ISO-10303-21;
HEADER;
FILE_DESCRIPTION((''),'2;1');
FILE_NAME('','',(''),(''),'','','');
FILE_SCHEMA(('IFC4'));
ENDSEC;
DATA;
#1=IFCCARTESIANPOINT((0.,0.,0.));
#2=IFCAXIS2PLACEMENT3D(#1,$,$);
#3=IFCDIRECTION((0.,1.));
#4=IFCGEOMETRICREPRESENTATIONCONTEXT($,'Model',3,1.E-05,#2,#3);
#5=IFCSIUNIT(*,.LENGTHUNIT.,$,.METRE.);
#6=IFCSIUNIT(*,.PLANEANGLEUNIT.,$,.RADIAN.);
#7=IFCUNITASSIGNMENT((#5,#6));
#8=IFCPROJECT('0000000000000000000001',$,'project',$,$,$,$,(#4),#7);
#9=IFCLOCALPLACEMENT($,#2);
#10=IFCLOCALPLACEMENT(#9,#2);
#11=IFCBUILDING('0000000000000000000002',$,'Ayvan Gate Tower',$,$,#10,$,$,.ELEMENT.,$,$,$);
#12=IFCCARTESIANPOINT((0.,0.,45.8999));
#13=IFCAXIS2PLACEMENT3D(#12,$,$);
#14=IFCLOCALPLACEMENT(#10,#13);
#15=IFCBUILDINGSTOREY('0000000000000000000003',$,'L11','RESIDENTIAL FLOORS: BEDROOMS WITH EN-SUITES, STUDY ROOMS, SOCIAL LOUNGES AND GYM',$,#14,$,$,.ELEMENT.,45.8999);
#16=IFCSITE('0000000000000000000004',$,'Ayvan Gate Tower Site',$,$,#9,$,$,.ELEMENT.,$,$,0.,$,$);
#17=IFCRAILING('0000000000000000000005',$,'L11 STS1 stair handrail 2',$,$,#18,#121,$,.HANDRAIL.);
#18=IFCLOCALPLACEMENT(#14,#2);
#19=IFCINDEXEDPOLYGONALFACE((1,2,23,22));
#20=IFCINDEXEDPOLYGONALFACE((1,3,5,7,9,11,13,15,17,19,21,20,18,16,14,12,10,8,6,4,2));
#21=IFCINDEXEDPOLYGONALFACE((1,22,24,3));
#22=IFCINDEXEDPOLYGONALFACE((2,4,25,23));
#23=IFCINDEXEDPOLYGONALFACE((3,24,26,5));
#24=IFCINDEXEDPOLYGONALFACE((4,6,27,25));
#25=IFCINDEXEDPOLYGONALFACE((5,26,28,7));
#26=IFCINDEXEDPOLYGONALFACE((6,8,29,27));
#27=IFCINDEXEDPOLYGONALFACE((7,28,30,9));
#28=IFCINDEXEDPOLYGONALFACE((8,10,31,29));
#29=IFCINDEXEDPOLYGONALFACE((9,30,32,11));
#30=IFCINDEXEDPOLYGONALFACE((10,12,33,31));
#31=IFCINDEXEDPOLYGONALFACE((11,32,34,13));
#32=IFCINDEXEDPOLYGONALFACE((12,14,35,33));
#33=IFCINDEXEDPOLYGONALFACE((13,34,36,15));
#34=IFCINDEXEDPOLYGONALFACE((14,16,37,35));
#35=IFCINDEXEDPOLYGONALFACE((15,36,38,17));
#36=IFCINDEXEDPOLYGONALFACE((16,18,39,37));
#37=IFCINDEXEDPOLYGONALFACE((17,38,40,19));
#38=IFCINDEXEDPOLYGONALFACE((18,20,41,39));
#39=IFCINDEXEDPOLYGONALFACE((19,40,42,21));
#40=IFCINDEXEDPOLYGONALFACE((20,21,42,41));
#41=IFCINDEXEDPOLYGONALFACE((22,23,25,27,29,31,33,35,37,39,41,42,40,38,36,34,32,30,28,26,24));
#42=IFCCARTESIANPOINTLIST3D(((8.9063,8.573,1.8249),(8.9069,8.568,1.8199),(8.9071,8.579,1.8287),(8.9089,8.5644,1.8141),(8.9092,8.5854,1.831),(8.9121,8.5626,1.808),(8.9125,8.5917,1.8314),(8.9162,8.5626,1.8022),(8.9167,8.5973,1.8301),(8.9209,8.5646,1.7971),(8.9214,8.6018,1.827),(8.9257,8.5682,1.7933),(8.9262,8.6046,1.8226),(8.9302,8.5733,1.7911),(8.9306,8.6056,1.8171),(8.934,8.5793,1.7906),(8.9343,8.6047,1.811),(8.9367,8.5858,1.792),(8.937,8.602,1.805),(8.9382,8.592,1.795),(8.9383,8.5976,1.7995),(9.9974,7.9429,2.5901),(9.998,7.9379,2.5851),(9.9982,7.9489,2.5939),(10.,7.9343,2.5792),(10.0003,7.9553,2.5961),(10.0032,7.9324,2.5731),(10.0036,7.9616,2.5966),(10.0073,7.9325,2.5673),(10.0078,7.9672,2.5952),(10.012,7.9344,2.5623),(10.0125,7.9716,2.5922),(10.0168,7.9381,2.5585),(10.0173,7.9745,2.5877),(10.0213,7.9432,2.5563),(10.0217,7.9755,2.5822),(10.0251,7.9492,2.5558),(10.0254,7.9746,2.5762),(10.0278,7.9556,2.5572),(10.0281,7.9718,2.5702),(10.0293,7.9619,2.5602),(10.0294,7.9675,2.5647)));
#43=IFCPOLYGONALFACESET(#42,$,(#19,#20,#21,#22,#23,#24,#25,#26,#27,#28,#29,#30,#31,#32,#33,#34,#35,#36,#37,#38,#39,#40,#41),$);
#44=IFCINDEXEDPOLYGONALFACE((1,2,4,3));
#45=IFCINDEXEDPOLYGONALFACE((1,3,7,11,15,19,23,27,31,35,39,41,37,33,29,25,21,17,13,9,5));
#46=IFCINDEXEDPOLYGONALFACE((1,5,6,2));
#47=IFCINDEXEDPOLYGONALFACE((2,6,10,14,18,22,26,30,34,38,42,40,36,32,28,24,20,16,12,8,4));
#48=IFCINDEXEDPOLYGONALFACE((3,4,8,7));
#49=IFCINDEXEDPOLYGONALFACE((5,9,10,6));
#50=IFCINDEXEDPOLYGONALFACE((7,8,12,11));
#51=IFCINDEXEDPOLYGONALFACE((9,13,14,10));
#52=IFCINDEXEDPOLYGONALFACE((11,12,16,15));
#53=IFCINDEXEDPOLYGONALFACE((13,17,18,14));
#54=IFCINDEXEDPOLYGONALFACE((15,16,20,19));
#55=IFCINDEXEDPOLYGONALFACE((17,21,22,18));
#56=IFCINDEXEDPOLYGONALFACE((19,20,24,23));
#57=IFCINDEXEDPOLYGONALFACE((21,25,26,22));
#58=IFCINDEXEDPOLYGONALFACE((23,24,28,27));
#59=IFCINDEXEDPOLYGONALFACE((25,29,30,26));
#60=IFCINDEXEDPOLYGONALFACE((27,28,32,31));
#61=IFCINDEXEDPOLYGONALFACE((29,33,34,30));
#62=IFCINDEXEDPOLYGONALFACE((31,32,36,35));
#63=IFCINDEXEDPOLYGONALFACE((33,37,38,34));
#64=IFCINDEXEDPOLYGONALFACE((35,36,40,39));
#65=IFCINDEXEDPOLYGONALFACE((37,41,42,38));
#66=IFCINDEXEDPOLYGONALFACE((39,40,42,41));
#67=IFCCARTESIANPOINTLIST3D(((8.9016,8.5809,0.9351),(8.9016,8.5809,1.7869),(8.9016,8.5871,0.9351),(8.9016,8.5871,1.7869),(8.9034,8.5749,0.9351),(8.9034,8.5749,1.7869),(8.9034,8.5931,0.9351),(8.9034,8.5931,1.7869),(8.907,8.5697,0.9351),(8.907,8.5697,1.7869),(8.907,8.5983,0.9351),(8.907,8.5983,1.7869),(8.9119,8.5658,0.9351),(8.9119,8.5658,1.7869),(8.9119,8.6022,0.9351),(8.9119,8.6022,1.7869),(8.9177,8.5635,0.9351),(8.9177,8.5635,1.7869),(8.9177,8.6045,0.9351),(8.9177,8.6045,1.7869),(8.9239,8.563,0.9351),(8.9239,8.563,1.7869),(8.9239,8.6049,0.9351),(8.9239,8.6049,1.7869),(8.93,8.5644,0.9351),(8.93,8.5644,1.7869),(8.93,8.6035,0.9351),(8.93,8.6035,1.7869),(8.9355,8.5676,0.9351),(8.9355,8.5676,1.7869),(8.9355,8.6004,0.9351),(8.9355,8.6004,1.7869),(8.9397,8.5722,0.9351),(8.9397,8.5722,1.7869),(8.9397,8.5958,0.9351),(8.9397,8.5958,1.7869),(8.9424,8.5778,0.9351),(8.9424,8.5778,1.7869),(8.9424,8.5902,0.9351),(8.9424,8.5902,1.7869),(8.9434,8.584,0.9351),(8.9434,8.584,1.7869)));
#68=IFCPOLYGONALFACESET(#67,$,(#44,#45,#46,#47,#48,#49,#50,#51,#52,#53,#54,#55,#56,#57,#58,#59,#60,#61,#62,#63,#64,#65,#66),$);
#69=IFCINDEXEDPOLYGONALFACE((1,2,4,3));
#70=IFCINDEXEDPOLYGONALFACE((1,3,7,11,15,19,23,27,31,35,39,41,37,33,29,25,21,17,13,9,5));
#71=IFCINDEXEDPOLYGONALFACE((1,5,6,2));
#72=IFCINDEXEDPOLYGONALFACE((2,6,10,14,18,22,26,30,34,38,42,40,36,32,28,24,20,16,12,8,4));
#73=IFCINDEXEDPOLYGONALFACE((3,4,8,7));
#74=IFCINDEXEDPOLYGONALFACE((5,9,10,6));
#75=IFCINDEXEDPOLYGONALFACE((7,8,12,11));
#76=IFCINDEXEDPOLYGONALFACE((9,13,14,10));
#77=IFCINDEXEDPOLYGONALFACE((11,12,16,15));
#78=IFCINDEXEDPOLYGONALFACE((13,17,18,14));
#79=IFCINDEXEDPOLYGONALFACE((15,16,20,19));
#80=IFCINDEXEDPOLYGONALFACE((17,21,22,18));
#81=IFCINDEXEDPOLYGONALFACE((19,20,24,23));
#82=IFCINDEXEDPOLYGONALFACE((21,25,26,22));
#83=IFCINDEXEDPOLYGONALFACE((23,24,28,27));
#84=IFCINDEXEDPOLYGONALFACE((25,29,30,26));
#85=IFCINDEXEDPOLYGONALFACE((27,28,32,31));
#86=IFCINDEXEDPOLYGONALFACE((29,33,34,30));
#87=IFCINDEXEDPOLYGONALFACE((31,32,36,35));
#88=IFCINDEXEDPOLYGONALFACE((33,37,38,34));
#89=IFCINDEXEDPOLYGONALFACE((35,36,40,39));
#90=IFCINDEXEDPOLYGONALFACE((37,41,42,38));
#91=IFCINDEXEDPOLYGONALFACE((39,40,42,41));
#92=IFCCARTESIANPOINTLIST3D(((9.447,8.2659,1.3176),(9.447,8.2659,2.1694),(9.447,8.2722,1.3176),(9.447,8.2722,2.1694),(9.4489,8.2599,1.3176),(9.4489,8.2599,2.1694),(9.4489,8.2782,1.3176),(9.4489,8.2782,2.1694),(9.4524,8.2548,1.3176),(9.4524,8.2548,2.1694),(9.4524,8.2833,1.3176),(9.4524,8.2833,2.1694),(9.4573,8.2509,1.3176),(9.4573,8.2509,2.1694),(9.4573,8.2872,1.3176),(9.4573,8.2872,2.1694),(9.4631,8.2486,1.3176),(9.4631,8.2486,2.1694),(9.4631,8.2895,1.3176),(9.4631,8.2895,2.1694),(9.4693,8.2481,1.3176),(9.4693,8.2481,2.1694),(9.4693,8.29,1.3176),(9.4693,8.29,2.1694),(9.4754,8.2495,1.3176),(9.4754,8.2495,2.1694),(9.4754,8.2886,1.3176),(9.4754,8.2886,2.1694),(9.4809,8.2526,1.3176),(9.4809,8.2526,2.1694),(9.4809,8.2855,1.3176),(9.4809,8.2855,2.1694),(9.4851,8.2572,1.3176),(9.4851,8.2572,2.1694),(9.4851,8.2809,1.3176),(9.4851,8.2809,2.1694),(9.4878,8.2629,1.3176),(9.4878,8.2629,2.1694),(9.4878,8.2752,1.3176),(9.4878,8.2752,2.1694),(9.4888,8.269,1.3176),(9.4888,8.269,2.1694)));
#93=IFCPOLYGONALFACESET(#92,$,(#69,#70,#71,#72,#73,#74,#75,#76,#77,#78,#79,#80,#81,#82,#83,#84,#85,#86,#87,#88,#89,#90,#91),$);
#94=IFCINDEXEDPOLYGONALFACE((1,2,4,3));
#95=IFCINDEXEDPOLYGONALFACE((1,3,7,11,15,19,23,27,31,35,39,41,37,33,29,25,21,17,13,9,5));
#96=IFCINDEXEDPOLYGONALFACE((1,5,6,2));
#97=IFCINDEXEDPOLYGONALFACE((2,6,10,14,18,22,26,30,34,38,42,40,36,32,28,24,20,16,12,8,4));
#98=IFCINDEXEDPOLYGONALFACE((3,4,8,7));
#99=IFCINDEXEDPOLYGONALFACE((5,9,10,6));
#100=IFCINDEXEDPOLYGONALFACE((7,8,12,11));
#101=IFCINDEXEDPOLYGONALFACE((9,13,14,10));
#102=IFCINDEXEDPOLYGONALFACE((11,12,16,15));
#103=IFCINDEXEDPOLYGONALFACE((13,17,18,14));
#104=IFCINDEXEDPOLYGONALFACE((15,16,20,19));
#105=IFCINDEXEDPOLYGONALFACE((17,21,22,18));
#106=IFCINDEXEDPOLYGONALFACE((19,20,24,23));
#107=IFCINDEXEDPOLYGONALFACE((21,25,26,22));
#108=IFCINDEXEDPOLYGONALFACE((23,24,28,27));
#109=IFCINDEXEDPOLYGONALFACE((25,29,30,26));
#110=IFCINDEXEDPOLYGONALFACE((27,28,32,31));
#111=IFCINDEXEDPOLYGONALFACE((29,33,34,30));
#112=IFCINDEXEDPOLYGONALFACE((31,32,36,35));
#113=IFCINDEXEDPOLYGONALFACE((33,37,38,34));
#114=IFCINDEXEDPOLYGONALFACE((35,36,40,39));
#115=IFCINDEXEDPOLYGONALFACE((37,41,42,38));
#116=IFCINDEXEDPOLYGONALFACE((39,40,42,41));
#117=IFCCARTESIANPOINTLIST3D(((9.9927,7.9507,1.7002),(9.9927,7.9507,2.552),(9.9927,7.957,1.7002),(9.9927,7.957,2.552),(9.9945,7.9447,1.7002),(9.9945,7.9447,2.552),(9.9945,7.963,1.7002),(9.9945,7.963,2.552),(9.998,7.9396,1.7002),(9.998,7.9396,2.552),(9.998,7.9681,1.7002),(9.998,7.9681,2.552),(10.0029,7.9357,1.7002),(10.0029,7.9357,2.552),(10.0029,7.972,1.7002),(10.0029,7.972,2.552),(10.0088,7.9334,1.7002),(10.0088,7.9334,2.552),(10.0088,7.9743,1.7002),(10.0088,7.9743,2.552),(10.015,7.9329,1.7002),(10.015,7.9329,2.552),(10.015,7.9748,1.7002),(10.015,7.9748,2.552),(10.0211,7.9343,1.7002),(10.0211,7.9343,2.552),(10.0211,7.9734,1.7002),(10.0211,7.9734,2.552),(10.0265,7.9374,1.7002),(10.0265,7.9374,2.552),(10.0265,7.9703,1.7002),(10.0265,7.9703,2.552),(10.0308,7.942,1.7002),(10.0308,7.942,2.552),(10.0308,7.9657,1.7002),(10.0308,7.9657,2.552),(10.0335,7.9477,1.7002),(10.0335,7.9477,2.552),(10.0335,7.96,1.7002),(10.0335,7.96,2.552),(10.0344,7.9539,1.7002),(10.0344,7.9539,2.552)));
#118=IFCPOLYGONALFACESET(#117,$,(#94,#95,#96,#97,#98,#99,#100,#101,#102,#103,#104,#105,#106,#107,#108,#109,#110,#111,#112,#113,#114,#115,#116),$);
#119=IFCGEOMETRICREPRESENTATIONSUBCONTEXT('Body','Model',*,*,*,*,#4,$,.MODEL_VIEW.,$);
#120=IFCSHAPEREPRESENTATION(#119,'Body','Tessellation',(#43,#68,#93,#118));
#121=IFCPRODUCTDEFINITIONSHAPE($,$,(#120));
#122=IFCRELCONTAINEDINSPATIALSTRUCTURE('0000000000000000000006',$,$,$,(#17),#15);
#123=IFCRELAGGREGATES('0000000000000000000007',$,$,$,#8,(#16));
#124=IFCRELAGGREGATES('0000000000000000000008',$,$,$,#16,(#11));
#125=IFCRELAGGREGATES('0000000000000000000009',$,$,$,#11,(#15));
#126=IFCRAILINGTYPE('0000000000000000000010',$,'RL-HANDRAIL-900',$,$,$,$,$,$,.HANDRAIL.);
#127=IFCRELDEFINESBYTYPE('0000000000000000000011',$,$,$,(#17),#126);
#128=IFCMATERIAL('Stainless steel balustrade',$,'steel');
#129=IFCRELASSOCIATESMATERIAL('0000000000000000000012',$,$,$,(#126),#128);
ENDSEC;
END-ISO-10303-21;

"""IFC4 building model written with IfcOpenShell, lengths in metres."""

from ifc_helpers import new_model, si_unit, direction, frame, origin, origin_2d, place, context, subcontext, project, spatial, circle, extrude, material, type_object, element, save


model = new_model("IFC4")

# Units and contexts
model_context = context("Model", 3, precision=1e-05, world=origin(), true_north=direction((0.0, 1.0)))
body_context = subcontext(model_context, "Body", "Model", "MODEL_VIEW")
ifc_project = project(units=[si_unit("LENGTHUNIT", "METRE"), si_unit("PLANEANGLEUNIT", "RADIAN")], contexts=[model_context])

# Site, building, storey
site_placement = place(None, origin())
site = spatial("IfcSite", under=ifc_project, at=site_placement, Name="Ayvan Gate Tower Site", CompositionType="ELEMENT", RefElevation=0.0)
building_placement = place(site_placement, origin())
building = spatial("IfcBuilding", under=site, at=building_placement, Name="Ayvan Gate Tower", CompositionType="ELEMENT")
storey_placement = place(building_placement, frame((0.0, 0.0, 45.8999)))
storey = spatial("IfcBuildingStorey", under=building, at=storey_placement, Name="L11", Description="RESIDENTIAL FLOORS: BEDROOMS WITH EN-SUITES, STUDY ROOMS, SOCIAL LOUNGES AND GYM", CompositionType="ELEMENT", Elevation=45.8999)

# Railing
ifc_material_1 = material(Name="Stainless steel balustrade", Category="steel")
railing_type_1 = type_object("IfcRailingType", Name="RL-HANDRAIL-900", PredefinedType="HANDRAIL", material=ifc_material_1)
railing_1_placement = place(storey_placement, frame((8.9224, 8.584, 0.9351)))
element("IfcRailing", 1, at=railing_1_placement, inside=storey, type_object=railing_type_1, Name="L11 STS1 stair handrail 2", PredefinedType="HANDRAIL", context=body_context, shape_type="SweptSolid", body=[
    extrude(circle(Radius=0.0239, at=origin_2d()), frame((0.0, 0.0, 0.876), z_axis=(0.740166, -0.427471, 0.51906), x_axis=(0.500119, 0.865956, 0.0)), (0.0, 0.0, 1.0), 1.4741),
    extrude(circle(Radius=0.021, at=origin_2d()), origin(), (0.0, 0.0, 1.0), 0.8518),
    extrude(circle(Radius=0.021, at=origin_2d()), frame((0.5454, -0.3149, 0.3826)), (0.0, 0.0, 1.0), 0.8518),
    extrude(circle(Radius=0.021, at=origin_2d()), frame((1.0911, -0.6301, 0.7651)), (0.0, 0.0, 1.0), 0.8518),
])

save(model, "model.ifc")
